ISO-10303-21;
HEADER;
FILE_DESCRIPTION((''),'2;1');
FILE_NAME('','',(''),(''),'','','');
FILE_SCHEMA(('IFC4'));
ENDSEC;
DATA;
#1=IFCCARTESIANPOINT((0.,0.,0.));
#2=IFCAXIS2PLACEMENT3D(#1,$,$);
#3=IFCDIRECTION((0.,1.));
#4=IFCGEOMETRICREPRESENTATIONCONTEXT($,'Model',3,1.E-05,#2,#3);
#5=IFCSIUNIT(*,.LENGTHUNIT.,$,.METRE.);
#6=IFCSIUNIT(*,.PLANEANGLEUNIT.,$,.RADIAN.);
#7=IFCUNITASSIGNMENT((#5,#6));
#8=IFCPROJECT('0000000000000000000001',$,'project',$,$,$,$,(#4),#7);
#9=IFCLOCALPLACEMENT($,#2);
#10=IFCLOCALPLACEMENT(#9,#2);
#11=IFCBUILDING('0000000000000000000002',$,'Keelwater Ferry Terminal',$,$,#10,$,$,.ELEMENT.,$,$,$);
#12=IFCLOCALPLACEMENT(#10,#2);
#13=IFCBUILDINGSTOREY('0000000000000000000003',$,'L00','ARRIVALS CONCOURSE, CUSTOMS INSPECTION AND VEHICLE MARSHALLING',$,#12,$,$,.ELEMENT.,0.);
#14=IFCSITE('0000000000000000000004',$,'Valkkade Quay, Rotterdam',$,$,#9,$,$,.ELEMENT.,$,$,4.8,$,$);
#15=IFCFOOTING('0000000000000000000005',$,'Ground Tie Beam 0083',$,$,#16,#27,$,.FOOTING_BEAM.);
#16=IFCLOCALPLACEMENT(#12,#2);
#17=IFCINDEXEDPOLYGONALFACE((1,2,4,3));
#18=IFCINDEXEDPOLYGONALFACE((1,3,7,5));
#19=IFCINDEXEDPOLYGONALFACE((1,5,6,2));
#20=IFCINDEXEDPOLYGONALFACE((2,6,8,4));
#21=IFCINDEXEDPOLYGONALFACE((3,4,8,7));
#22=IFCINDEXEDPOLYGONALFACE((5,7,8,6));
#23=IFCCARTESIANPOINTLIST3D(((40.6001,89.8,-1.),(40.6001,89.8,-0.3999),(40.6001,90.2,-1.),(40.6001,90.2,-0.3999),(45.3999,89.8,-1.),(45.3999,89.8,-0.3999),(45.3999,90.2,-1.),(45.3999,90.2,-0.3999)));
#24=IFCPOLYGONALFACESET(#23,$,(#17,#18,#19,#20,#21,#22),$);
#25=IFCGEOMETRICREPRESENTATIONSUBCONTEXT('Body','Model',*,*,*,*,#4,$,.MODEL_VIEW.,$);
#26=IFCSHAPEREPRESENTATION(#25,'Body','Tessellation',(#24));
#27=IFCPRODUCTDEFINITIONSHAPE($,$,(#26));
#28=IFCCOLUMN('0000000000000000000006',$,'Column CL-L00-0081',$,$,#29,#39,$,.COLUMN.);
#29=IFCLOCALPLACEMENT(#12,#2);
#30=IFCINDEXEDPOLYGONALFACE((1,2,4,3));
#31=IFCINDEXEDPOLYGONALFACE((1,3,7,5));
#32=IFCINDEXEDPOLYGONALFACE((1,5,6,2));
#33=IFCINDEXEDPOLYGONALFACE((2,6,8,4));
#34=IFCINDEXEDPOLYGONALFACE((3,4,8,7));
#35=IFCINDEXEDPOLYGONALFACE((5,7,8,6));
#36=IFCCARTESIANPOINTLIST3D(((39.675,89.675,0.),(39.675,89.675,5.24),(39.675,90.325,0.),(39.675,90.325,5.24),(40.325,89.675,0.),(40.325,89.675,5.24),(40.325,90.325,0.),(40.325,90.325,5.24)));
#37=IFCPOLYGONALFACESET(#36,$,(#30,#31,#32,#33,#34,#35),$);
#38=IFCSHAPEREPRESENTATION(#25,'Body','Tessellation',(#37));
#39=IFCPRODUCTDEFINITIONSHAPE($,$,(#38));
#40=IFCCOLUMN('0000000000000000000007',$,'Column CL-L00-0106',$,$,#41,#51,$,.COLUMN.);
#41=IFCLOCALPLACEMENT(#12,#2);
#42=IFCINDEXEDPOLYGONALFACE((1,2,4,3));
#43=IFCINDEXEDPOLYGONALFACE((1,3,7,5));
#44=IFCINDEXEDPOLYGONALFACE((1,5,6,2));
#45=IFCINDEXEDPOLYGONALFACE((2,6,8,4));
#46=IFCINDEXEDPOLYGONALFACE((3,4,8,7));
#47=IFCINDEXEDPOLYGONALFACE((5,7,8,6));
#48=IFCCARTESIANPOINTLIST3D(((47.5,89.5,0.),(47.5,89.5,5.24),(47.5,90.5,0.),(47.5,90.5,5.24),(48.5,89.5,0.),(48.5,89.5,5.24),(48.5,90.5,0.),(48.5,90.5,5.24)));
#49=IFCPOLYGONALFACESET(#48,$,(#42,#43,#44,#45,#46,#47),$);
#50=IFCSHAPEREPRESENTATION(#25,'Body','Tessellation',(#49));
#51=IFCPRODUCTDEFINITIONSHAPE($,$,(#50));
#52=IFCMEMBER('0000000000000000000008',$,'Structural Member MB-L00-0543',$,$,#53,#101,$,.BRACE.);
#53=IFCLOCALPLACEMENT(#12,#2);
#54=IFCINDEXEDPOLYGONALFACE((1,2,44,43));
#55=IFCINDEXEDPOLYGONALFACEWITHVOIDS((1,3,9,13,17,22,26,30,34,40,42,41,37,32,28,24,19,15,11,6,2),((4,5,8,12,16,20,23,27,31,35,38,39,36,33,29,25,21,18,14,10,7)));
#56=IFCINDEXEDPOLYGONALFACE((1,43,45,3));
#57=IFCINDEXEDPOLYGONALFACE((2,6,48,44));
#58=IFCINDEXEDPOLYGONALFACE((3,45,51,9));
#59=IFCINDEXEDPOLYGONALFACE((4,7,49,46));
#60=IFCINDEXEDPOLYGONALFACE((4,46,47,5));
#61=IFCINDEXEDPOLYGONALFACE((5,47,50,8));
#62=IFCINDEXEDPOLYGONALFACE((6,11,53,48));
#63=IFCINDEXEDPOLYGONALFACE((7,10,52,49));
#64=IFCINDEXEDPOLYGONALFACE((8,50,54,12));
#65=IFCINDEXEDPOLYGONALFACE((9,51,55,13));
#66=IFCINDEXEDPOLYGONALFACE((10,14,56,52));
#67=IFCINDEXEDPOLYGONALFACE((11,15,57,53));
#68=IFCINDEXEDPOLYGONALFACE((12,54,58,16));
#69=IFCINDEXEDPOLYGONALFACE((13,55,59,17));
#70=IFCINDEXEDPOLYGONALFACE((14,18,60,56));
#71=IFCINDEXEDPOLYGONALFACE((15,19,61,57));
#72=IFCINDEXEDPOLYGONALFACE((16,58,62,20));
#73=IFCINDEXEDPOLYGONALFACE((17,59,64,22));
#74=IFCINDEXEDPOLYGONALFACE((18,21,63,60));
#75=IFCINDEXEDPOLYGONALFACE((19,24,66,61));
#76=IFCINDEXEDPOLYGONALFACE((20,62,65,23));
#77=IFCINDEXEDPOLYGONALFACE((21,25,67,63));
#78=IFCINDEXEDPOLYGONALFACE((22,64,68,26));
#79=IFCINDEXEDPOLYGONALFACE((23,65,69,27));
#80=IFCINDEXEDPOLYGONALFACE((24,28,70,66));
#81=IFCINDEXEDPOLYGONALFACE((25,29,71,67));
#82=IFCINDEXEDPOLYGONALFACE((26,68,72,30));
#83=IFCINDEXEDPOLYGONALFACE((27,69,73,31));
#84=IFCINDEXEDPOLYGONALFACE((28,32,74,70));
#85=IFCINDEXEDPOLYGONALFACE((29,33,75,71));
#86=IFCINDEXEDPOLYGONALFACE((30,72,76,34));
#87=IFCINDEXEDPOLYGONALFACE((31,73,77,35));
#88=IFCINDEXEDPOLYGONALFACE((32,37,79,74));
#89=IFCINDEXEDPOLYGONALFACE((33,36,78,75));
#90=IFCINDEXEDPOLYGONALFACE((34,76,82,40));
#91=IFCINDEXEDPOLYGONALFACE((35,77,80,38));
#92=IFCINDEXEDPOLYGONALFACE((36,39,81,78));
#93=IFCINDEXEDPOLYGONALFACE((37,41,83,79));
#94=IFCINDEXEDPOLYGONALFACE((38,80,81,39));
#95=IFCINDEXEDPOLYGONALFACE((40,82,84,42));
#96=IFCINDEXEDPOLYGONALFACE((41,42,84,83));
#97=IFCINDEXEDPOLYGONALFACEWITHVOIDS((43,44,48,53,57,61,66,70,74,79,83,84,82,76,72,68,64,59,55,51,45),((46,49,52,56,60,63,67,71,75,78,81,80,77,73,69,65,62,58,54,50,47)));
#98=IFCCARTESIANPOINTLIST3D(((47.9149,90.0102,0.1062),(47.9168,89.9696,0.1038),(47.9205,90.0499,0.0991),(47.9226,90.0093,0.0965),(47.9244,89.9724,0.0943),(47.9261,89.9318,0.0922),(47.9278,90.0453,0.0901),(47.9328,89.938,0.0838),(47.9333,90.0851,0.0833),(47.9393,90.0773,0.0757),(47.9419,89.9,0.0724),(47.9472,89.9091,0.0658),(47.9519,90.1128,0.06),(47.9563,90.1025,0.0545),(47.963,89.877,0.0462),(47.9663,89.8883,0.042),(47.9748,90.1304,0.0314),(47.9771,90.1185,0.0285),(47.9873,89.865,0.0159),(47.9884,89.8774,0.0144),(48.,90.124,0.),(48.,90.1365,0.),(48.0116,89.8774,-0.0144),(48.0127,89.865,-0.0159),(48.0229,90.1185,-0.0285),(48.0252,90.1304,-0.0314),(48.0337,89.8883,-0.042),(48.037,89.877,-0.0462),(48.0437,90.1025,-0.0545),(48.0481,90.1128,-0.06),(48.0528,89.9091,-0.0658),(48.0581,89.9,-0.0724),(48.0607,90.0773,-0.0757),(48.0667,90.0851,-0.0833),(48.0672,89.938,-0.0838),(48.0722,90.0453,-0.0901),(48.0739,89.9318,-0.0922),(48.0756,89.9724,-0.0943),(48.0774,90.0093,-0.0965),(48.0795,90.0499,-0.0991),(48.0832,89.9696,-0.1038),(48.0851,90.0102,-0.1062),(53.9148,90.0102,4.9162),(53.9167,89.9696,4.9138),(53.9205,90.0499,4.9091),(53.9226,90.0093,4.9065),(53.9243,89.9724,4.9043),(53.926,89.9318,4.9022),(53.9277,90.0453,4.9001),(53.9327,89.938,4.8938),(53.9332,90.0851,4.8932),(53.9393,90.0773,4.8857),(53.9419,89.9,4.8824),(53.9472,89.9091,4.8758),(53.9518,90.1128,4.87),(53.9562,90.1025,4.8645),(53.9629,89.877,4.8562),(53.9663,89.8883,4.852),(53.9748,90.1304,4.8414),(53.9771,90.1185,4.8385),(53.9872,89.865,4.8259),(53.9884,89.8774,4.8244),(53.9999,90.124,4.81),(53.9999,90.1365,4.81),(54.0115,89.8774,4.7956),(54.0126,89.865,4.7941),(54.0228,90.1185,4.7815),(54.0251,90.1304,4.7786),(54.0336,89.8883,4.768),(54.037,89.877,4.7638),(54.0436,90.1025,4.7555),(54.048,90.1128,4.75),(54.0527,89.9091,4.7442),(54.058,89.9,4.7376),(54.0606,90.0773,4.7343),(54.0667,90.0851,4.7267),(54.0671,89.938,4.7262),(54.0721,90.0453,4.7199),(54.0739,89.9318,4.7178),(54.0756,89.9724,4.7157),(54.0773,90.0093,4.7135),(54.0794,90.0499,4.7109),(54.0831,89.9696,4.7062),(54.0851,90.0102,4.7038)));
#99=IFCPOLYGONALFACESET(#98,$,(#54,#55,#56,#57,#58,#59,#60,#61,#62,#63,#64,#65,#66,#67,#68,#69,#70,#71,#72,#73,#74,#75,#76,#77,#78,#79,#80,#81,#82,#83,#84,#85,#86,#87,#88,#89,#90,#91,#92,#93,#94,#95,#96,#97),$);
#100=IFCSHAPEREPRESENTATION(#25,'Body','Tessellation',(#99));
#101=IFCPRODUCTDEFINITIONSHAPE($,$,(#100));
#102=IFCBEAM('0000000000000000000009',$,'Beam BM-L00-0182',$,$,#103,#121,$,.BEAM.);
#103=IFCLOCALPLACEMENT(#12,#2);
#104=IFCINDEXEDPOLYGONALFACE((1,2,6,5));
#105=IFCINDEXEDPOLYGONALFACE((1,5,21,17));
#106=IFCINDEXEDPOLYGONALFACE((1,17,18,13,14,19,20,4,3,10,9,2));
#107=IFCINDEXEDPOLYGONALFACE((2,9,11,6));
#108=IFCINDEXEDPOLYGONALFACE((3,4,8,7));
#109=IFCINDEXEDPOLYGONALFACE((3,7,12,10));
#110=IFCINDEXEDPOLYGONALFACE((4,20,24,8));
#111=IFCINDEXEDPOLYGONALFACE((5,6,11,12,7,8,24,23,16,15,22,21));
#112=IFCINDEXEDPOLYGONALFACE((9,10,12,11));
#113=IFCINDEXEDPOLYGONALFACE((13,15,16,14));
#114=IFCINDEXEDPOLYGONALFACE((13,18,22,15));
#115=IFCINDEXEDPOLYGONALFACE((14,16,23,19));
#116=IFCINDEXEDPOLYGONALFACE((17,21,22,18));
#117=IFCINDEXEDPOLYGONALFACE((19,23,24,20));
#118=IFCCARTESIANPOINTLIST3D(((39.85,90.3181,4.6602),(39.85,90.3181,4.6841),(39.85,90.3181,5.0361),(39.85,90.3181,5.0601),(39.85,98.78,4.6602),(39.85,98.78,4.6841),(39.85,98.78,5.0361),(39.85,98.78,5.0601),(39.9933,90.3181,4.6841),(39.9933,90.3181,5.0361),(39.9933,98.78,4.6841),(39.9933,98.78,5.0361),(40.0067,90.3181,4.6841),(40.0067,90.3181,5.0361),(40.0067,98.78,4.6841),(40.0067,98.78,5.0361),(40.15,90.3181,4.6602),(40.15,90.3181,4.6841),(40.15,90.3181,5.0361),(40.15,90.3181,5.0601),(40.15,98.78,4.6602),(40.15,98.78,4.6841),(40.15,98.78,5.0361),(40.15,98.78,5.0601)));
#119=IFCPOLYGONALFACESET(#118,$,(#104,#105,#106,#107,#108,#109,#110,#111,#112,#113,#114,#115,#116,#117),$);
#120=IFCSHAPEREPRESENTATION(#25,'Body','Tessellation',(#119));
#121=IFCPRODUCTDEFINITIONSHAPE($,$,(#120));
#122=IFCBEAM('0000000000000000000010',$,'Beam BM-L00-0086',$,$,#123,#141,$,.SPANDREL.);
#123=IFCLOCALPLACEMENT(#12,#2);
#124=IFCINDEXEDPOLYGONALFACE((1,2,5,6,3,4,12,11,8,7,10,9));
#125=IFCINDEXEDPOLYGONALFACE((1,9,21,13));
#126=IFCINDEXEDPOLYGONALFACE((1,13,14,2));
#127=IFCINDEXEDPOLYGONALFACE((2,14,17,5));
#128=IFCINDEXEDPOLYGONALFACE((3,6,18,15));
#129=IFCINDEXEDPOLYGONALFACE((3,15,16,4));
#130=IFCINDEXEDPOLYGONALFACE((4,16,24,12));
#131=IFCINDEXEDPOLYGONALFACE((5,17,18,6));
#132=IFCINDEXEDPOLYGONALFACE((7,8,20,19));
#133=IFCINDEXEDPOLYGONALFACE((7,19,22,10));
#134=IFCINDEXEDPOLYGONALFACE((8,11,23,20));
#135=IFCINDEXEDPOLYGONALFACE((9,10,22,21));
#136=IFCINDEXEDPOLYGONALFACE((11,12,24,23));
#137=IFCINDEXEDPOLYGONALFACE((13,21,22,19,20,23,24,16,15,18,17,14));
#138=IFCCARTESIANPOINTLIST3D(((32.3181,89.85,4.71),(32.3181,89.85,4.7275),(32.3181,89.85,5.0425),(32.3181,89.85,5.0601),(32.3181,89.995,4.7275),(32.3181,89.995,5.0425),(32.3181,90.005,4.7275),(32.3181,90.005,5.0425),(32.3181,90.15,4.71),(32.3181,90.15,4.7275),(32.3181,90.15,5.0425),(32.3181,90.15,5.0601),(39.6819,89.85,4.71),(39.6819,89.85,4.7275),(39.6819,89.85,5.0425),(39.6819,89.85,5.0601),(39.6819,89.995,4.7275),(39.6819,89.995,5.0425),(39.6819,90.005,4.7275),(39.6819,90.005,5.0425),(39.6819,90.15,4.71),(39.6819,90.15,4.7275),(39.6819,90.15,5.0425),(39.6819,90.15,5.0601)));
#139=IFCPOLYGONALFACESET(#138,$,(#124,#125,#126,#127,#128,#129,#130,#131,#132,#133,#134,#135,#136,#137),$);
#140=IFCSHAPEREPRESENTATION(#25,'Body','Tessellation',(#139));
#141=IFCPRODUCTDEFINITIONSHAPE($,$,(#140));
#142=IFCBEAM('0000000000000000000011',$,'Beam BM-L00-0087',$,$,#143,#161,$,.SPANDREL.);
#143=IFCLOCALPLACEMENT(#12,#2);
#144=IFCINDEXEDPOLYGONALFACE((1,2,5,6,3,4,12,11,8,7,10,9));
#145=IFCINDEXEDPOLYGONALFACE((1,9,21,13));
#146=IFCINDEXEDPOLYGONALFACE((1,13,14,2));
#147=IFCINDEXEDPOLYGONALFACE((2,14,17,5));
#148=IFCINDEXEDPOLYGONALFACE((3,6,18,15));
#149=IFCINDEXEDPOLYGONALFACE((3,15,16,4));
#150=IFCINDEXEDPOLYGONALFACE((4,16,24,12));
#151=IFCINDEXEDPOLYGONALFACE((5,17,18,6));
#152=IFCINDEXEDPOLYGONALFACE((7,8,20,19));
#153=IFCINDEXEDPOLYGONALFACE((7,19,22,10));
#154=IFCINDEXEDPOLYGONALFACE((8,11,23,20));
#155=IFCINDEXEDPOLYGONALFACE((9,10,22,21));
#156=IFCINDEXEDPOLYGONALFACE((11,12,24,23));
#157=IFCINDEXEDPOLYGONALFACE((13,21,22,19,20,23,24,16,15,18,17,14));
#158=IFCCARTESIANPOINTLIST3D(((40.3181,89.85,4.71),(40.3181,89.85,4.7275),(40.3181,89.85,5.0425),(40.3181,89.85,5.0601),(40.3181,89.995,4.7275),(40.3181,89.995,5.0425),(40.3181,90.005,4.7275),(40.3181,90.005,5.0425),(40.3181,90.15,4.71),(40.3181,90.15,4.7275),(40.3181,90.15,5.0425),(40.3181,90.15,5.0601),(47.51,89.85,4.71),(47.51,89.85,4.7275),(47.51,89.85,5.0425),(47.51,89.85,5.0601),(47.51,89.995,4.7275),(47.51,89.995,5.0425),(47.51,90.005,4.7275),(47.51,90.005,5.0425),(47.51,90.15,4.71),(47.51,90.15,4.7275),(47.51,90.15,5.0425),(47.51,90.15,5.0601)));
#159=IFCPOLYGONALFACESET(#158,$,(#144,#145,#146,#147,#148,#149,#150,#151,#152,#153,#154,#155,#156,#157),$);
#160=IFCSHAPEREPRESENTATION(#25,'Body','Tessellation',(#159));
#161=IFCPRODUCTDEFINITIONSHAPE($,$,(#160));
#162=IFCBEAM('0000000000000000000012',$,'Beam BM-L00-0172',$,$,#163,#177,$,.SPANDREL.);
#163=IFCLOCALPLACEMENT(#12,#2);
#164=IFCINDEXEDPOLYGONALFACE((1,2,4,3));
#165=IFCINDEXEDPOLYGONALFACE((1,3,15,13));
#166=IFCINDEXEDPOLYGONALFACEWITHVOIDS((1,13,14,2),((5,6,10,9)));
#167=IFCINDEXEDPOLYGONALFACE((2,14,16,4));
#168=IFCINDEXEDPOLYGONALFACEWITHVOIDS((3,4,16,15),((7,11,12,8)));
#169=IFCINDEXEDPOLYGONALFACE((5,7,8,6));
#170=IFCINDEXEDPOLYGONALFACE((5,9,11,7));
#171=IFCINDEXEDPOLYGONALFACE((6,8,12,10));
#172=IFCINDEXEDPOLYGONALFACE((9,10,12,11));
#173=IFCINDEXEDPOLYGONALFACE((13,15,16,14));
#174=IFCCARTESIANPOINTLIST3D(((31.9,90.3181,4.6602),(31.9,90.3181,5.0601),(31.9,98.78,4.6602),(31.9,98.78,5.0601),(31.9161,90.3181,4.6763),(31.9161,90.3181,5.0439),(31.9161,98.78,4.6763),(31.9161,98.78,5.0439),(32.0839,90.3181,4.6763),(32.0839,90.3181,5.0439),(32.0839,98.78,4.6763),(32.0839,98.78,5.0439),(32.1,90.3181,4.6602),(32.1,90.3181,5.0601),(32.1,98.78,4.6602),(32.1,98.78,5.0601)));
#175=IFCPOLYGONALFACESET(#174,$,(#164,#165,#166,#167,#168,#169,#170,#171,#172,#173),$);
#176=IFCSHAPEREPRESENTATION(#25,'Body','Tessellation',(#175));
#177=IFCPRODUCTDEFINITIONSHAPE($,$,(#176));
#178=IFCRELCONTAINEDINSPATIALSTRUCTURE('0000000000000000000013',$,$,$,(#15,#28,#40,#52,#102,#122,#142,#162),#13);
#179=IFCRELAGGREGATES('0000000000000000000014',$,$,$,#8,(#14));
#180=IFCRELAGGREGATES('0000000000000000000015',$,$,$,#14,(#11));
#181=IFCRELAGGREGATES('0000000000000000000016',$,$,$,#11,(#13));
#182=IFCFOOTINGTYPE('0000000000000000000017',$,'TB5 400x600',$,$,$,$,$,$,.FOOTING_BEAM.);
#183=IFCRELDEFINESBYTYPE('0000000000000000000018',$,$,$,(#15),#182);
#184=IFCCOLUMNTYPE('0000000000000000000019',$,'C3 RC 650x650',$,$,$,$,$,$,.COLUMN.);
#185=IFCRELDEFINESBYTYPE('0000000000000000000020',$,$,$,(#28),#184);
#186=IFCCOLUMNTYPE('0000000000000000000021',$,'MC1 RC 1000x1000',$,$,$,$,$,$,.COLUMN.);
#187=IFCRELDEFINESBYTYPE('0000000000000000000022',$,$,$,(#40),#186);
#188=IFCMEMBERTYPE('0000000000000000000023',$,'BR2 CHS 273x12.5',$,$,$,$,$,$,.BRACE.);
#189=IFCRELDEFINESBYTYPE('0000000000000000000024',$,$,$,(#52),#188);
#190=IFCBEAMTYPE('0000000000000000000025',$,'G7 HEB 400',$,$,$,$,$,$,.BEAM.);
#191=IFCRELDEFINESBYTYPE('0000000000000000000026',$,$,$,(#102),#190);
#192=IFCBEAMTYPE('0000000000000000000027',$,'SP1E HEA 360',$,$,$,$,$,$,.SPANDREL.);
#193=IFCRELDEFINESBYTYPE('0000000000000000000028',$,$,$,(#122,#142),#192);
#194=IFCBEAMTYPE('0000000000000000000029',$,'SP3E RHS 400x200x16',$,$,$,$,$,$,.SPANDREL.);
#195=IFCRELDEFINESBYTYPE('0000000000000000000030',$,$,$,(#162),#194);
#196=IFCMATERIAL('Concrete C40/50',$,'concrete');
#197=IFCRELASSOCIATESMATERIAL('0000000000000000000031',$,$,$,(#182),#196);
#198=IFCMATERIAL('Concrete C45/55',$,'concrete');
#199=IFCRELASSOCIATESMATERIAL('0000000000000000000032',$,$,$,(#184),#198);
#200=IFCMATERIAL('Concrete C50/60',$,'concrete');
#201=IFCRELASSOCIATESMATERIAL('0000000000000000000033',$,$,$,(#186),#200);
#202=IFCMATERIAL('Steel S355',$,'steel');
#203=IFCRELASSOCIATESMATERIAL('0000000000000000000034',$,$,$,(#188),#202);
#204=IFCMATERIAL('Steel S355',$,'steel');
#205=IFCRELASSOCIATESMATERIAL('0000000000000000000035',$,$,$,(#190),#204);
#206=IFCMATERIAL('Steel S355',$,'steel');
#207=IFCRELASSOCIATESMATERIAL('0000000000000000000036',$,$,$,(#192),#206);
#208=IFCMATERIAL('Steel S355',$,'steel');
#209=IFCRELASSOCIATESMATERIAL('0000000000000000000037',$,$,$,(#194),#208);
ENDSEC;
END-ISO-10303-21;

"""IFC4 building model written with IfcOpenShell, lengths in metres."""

from ifc_helpers import new_model, si_unit, direction, frame, origin, origin_2d, place, context, subcontext, project, spatial, rectangle, hollow_rectangle, hollow_circle, i_section, extrude, material, material_profile, profile_set, type_object, element, save


model = new_model("IFC4")

# Units and contexts
model_context = context("Model", 3, precision=1e-05, world=origin(), true_north=direction((0.0, 1.0)))
body_context = subcontext(model_context, "Body", "Model", "MODEL_VIEW")
ifc_project = project(units=[si_unit("LENGTHUNIT", "METRE"), si_unit("PLANEANGLEUNIT", "RADIAN")], contexts=[model_context])

# Site, building, storey
site_placement = place(None, origin())
site = spatial("IfcSite", under=ifc_project, at=site_placement, Name="Valkkade Quay, Rotterdam", CompositionType="ELEMENT", RefElevation=4.8)
building_placement = place(site_placement, origin())
building = spatial("IfcBuilding", under=site, at=building_placement, Name="Keelwater Ferry Terminal", CompositionType="ELEMENT")
storey_placement = place(building_placement, origin())
storey = spatial("IfcBuildingStorey", under=building, at=storey_placement, Name="L00", Description="ARRIVALS CONCOURSE, CUSTOMS INSPECTION AND VEHICLE MARSHALLING", CompositionType="ELEMENT", Elevation=0.0)

# Footing
ifc_material_1 = material(Name="Concrete C40/50", Category="concrete")
ifc_material_profile_1 = material_profile(ifc_material_1, rectangle(XDim=0.3999, YDim=0.6001, at=origin_2d()), Name="TB 400x600")
ifc_profile_set_1 = profile_set([ifc_material_profile_1], Name="Concrete C40/50")
footing_type = type_object("IfcFootingType", Name="TB5 400x600", PredefinedType="FOOTING_BEAM", material=ifc_profile_set_1)
footing_placement = place(storey_placement, frame((40.6001, 90.0, -0.7), z_axis=(1.0, 0.0, 0.0), x_axis=(0.0, 1.0, 0.0)))
element("IfcFooting", 1, at=footing_placement, inside=storey, type_object=footing_type, Name="Ground Tie Beam 0083", PredefinedType="FOOTING_BEAM", context=body_context, shape_type="SweptSolid", body=[
    extrude(rectangle(XDim=0.3999, YDim=0.6001, at=origin_2d()), origin(), (0.0, 0.0, 1.0), 4.7998),
])

# Columns
ifc_material_2 = material(Name="Concrete C45/55", Category="concrete")
ifc_material_profile_2 = material_profile(ifc_material_2, rectangle(XDim=0.6499, YDim=0.6499, at=origin_2d()), Name="RC 650x650")
ifc_profile_set_2 = profile_set([ifc_material_profile_2], Name="Concrete C45/55")
column_type_1 = type_object("IfcColumnType", Name="C3 RC 650x650", PredefinedType="COLUMN", material=ifc_profile_set_2)
column_1_placement = place(storey_placement, frame((40.0, 90.0, 0.0), z_axis=(0.0, 0.0, 1.0), x_axis=(1.0, 0.0, 0.0)))
element("IfcColumn", 2, at=column_1_placement, inside=storey, type_object=column_type_1, Name="Column CL-L00-0081", PredefinedType="COLUMN", context=body_context, shape_type="SweptSolid", body=[
    extrude(rectangle(XDim=0.6499, YDim=0.6499, at=origin_2d()), origin(), (0.0, 0.0, 1.0), 5.24),
])
ifc_material_3 = material(Name="Concrete C50/60", Category="concrete")
ifc_material_profile_3 = material_profile(ifc_material_3, rectangle(XDim=1.0, YDim=1.0, at=origin_2d()), Name="RC 1000x1000")
ifc_profile_set_3 = profile_set([ifc_material_profile_3], Name="Concrete C50/60")
column_type_2 = type_object("IfcColumnType", Name="MC1 RC 1000x1000", PredefinedType="COLUMN", material=ifc_profile_set_3)
column_2_placement = place(storey_placement, frame((48.0, 90.0, 0.0), z_axis=(0.0, 0.0, 1.0), x_axis=(1.0, 0.0, 0.0)))
element("IfcColumn", 3, at=column_2_placement, inside=storey, type_object=column_type_2, Name="Column CL-L00-0106", PredefinedType="COLUMN", context=body_context, shape_type="SweptSolid", body=[
    extrude(rectangle(XDim=1.0, YDim=1.0, at=origin_2d()), origin(), (0.0, 0.0, 1.0), 5.24),
])

# Member
ifc_material_4 = material(Name="Steel S355", Category="steel")
ifc_material_profile_4 = material_profile(ifc_material_4, hollow_circle(Radius=0.1365, WallThickness=0.0125, at=origin_2d()), Name="CHS 273x12.5")
ifc_profile_set_4 = profile_set([ifc_material_profile_4], Name="Steel S355")
member_type = type_object("IfcMemberType", Name="BR2 CHS 273x12.5", PredefinedType="BRACE", material=ifc_profile_set_4)
member_placement = place(storey_placement, frame((48.0, 90.0, 0.0), z_axis=(0.78023, 0.0, 0.625492), x_axis=(0.0, 1.0, 0.0)))
element("IfcMember", 4, at=member_placement, inside=storey, type_object=member_type, Name="Structural Member MB-L00-0543", PredefinedType="BRACE", context=body_context, shape_type="SweptSolid", body=[
    extrude(hollow_circle(Radius=0.1365, WallThickness=0.0125, at=origin_2d()), origin(), (0.0, 0.0, 1.0), 7.6899),
])

# Beams
ifc_material_5 = material(Name="Steel S355", Category="steel")
ifc_material_profile_5 = material_profile(ifc_material_5, i_section(OverallWidth=0.3, OverallDepth=0.3999, WebThickness=0.0134, FlangeThickness=0.0239, at=origin_2d()), Name="HEB 400")
ifc_profile_set_5 = profile_set([ifc_material_profile_5], Name="Steel S355")
beam_type_1 = type_object("IfcBeamType", Name="G7 HEB 400", PredefinedType="BEAM", material=ifc_profile_set_5)
beam_1_placement = place(storey_placement, frame((40.0, 90.3181, 4.8601), z_axis=(0.0, 1.0, 0.0), x_axis=(-1.0, 0.0, 0.0)))
element("IfcBeam", 5, at=beam_1_placement, inside=storey, type_object=beam_type_1, Name="Beam BM-L00-0182", PredefinedType="BEAM", context=body_context, shape_type="SweptSolid", body=[
    extrude(i_section(OverallWidth=0.3, OverallDepth=0.3999, WebThickness=0.0134, FlangeThickness=0.0239, at=origin_2d()), origin(), (0.0, 0.0, 1.0), 8.4619),
])
ifc_material_6 = material(Name="Steel S355", Category="steel")
ifc_material_profile_6 = material_profile(ifc_material_6, i_section(OverallWidth=0.3, OverallDepth=0.3501, WebThickness=0.01, FlangeThickness=0.0176, at=origin_2d()), Name="HEA 360")
ifc_profile_set_6 = profile_set([ifc_material_profile_6], Name="Steel S355")
beam_type_2 = type_object("IfcBeamType", Name="SP1E HEA 360", PredefinedType="SPANDREL", material=ifc_profile_set_6)
beam_2_placement = place(storey_placement, frame((32.3181, 90.0, 4.885), z_axis=(1.0, 0.0, 0.0), x_axis=(0.0, 1.0, 0.0)))
element("IfcBeam", 6, at=beam_2_placement, inside=storey, type_object=beam_type_2, Name="Beam BM-L00-0086", PredefinedType="SPANDREL", context=body_context, shape_type="SweptSolid", body=[
    extrude(i_section(OverallWidth=0.3, OverallDepth=0.3501, WebThickness=0.01, FlangeThickness=0.0176, at=origin_2d()), origin(), (0.0, 0.0, 1.0), 7.3638),
])
beam_3_placement = place(storey_placement, frame((40.3181, 90.0, 4.885), z_axis=(1.0, 0.0, 0.0), x_axis=(0.0, 1.0, 0.0)))
element("IfcBeam", 7, at=beam_3_placement, inside=storey, type_object=beam_type_2, Name="Beam BM-L00-0087", PredefinedType="SPANDREL", context=body_context, shape_type="SweptSolid", body=[
    extrude(i_section(OverallWidth=0.3, OverallDepth=0.3501, WebThickness=0.01, FlangeThickness=0.0176, at=origin_2d()), origin(), (0.0, 0.0, 1.0), 7.1919),
])
ifc_material_7 = material(Name="Steel S355", Category="steel")
ifc_material_profile_7 = material_profile(ifc_material_7, hollow_rectangle(XDim=0.2, YDim=0.3999, WallThickness=0.0161, at=origin_2d()), Name="RHS 400x200x16")
ifc_profile_set_7 = profile_set([ifc_material_profile_7], Name="Steel S355")
beam_type_3 = type_object("IfcBeamType", Name="SP3E RHS 400x200x16", PredefinedType="SPANDREL", material=ifc_profile_set_7)
beam_4_placement = place(storey_placement, frame((32.0, 90.3181, 4.8601), z_axis=(0.0, 1.0, 0.0), x_axis=(-1.0, 0.0, 0.0)))
element("IfcBeam", 8, at=beam_4_placement, inside=storey, type_object=beam_type_3, Name="Beam BM-L00-0172", PredefinedType="SPANDREL", context=body_context, shape_type="SweptSolid", body=[
    extrude(hollow_rectangle(XDim=0.2, YDim=0.3999, WallThickness=0.0161, at=origin_2d()), origin(), (0.0, 0.0, 1.0), 8.4619),
])

save(model, "model.ifc")
